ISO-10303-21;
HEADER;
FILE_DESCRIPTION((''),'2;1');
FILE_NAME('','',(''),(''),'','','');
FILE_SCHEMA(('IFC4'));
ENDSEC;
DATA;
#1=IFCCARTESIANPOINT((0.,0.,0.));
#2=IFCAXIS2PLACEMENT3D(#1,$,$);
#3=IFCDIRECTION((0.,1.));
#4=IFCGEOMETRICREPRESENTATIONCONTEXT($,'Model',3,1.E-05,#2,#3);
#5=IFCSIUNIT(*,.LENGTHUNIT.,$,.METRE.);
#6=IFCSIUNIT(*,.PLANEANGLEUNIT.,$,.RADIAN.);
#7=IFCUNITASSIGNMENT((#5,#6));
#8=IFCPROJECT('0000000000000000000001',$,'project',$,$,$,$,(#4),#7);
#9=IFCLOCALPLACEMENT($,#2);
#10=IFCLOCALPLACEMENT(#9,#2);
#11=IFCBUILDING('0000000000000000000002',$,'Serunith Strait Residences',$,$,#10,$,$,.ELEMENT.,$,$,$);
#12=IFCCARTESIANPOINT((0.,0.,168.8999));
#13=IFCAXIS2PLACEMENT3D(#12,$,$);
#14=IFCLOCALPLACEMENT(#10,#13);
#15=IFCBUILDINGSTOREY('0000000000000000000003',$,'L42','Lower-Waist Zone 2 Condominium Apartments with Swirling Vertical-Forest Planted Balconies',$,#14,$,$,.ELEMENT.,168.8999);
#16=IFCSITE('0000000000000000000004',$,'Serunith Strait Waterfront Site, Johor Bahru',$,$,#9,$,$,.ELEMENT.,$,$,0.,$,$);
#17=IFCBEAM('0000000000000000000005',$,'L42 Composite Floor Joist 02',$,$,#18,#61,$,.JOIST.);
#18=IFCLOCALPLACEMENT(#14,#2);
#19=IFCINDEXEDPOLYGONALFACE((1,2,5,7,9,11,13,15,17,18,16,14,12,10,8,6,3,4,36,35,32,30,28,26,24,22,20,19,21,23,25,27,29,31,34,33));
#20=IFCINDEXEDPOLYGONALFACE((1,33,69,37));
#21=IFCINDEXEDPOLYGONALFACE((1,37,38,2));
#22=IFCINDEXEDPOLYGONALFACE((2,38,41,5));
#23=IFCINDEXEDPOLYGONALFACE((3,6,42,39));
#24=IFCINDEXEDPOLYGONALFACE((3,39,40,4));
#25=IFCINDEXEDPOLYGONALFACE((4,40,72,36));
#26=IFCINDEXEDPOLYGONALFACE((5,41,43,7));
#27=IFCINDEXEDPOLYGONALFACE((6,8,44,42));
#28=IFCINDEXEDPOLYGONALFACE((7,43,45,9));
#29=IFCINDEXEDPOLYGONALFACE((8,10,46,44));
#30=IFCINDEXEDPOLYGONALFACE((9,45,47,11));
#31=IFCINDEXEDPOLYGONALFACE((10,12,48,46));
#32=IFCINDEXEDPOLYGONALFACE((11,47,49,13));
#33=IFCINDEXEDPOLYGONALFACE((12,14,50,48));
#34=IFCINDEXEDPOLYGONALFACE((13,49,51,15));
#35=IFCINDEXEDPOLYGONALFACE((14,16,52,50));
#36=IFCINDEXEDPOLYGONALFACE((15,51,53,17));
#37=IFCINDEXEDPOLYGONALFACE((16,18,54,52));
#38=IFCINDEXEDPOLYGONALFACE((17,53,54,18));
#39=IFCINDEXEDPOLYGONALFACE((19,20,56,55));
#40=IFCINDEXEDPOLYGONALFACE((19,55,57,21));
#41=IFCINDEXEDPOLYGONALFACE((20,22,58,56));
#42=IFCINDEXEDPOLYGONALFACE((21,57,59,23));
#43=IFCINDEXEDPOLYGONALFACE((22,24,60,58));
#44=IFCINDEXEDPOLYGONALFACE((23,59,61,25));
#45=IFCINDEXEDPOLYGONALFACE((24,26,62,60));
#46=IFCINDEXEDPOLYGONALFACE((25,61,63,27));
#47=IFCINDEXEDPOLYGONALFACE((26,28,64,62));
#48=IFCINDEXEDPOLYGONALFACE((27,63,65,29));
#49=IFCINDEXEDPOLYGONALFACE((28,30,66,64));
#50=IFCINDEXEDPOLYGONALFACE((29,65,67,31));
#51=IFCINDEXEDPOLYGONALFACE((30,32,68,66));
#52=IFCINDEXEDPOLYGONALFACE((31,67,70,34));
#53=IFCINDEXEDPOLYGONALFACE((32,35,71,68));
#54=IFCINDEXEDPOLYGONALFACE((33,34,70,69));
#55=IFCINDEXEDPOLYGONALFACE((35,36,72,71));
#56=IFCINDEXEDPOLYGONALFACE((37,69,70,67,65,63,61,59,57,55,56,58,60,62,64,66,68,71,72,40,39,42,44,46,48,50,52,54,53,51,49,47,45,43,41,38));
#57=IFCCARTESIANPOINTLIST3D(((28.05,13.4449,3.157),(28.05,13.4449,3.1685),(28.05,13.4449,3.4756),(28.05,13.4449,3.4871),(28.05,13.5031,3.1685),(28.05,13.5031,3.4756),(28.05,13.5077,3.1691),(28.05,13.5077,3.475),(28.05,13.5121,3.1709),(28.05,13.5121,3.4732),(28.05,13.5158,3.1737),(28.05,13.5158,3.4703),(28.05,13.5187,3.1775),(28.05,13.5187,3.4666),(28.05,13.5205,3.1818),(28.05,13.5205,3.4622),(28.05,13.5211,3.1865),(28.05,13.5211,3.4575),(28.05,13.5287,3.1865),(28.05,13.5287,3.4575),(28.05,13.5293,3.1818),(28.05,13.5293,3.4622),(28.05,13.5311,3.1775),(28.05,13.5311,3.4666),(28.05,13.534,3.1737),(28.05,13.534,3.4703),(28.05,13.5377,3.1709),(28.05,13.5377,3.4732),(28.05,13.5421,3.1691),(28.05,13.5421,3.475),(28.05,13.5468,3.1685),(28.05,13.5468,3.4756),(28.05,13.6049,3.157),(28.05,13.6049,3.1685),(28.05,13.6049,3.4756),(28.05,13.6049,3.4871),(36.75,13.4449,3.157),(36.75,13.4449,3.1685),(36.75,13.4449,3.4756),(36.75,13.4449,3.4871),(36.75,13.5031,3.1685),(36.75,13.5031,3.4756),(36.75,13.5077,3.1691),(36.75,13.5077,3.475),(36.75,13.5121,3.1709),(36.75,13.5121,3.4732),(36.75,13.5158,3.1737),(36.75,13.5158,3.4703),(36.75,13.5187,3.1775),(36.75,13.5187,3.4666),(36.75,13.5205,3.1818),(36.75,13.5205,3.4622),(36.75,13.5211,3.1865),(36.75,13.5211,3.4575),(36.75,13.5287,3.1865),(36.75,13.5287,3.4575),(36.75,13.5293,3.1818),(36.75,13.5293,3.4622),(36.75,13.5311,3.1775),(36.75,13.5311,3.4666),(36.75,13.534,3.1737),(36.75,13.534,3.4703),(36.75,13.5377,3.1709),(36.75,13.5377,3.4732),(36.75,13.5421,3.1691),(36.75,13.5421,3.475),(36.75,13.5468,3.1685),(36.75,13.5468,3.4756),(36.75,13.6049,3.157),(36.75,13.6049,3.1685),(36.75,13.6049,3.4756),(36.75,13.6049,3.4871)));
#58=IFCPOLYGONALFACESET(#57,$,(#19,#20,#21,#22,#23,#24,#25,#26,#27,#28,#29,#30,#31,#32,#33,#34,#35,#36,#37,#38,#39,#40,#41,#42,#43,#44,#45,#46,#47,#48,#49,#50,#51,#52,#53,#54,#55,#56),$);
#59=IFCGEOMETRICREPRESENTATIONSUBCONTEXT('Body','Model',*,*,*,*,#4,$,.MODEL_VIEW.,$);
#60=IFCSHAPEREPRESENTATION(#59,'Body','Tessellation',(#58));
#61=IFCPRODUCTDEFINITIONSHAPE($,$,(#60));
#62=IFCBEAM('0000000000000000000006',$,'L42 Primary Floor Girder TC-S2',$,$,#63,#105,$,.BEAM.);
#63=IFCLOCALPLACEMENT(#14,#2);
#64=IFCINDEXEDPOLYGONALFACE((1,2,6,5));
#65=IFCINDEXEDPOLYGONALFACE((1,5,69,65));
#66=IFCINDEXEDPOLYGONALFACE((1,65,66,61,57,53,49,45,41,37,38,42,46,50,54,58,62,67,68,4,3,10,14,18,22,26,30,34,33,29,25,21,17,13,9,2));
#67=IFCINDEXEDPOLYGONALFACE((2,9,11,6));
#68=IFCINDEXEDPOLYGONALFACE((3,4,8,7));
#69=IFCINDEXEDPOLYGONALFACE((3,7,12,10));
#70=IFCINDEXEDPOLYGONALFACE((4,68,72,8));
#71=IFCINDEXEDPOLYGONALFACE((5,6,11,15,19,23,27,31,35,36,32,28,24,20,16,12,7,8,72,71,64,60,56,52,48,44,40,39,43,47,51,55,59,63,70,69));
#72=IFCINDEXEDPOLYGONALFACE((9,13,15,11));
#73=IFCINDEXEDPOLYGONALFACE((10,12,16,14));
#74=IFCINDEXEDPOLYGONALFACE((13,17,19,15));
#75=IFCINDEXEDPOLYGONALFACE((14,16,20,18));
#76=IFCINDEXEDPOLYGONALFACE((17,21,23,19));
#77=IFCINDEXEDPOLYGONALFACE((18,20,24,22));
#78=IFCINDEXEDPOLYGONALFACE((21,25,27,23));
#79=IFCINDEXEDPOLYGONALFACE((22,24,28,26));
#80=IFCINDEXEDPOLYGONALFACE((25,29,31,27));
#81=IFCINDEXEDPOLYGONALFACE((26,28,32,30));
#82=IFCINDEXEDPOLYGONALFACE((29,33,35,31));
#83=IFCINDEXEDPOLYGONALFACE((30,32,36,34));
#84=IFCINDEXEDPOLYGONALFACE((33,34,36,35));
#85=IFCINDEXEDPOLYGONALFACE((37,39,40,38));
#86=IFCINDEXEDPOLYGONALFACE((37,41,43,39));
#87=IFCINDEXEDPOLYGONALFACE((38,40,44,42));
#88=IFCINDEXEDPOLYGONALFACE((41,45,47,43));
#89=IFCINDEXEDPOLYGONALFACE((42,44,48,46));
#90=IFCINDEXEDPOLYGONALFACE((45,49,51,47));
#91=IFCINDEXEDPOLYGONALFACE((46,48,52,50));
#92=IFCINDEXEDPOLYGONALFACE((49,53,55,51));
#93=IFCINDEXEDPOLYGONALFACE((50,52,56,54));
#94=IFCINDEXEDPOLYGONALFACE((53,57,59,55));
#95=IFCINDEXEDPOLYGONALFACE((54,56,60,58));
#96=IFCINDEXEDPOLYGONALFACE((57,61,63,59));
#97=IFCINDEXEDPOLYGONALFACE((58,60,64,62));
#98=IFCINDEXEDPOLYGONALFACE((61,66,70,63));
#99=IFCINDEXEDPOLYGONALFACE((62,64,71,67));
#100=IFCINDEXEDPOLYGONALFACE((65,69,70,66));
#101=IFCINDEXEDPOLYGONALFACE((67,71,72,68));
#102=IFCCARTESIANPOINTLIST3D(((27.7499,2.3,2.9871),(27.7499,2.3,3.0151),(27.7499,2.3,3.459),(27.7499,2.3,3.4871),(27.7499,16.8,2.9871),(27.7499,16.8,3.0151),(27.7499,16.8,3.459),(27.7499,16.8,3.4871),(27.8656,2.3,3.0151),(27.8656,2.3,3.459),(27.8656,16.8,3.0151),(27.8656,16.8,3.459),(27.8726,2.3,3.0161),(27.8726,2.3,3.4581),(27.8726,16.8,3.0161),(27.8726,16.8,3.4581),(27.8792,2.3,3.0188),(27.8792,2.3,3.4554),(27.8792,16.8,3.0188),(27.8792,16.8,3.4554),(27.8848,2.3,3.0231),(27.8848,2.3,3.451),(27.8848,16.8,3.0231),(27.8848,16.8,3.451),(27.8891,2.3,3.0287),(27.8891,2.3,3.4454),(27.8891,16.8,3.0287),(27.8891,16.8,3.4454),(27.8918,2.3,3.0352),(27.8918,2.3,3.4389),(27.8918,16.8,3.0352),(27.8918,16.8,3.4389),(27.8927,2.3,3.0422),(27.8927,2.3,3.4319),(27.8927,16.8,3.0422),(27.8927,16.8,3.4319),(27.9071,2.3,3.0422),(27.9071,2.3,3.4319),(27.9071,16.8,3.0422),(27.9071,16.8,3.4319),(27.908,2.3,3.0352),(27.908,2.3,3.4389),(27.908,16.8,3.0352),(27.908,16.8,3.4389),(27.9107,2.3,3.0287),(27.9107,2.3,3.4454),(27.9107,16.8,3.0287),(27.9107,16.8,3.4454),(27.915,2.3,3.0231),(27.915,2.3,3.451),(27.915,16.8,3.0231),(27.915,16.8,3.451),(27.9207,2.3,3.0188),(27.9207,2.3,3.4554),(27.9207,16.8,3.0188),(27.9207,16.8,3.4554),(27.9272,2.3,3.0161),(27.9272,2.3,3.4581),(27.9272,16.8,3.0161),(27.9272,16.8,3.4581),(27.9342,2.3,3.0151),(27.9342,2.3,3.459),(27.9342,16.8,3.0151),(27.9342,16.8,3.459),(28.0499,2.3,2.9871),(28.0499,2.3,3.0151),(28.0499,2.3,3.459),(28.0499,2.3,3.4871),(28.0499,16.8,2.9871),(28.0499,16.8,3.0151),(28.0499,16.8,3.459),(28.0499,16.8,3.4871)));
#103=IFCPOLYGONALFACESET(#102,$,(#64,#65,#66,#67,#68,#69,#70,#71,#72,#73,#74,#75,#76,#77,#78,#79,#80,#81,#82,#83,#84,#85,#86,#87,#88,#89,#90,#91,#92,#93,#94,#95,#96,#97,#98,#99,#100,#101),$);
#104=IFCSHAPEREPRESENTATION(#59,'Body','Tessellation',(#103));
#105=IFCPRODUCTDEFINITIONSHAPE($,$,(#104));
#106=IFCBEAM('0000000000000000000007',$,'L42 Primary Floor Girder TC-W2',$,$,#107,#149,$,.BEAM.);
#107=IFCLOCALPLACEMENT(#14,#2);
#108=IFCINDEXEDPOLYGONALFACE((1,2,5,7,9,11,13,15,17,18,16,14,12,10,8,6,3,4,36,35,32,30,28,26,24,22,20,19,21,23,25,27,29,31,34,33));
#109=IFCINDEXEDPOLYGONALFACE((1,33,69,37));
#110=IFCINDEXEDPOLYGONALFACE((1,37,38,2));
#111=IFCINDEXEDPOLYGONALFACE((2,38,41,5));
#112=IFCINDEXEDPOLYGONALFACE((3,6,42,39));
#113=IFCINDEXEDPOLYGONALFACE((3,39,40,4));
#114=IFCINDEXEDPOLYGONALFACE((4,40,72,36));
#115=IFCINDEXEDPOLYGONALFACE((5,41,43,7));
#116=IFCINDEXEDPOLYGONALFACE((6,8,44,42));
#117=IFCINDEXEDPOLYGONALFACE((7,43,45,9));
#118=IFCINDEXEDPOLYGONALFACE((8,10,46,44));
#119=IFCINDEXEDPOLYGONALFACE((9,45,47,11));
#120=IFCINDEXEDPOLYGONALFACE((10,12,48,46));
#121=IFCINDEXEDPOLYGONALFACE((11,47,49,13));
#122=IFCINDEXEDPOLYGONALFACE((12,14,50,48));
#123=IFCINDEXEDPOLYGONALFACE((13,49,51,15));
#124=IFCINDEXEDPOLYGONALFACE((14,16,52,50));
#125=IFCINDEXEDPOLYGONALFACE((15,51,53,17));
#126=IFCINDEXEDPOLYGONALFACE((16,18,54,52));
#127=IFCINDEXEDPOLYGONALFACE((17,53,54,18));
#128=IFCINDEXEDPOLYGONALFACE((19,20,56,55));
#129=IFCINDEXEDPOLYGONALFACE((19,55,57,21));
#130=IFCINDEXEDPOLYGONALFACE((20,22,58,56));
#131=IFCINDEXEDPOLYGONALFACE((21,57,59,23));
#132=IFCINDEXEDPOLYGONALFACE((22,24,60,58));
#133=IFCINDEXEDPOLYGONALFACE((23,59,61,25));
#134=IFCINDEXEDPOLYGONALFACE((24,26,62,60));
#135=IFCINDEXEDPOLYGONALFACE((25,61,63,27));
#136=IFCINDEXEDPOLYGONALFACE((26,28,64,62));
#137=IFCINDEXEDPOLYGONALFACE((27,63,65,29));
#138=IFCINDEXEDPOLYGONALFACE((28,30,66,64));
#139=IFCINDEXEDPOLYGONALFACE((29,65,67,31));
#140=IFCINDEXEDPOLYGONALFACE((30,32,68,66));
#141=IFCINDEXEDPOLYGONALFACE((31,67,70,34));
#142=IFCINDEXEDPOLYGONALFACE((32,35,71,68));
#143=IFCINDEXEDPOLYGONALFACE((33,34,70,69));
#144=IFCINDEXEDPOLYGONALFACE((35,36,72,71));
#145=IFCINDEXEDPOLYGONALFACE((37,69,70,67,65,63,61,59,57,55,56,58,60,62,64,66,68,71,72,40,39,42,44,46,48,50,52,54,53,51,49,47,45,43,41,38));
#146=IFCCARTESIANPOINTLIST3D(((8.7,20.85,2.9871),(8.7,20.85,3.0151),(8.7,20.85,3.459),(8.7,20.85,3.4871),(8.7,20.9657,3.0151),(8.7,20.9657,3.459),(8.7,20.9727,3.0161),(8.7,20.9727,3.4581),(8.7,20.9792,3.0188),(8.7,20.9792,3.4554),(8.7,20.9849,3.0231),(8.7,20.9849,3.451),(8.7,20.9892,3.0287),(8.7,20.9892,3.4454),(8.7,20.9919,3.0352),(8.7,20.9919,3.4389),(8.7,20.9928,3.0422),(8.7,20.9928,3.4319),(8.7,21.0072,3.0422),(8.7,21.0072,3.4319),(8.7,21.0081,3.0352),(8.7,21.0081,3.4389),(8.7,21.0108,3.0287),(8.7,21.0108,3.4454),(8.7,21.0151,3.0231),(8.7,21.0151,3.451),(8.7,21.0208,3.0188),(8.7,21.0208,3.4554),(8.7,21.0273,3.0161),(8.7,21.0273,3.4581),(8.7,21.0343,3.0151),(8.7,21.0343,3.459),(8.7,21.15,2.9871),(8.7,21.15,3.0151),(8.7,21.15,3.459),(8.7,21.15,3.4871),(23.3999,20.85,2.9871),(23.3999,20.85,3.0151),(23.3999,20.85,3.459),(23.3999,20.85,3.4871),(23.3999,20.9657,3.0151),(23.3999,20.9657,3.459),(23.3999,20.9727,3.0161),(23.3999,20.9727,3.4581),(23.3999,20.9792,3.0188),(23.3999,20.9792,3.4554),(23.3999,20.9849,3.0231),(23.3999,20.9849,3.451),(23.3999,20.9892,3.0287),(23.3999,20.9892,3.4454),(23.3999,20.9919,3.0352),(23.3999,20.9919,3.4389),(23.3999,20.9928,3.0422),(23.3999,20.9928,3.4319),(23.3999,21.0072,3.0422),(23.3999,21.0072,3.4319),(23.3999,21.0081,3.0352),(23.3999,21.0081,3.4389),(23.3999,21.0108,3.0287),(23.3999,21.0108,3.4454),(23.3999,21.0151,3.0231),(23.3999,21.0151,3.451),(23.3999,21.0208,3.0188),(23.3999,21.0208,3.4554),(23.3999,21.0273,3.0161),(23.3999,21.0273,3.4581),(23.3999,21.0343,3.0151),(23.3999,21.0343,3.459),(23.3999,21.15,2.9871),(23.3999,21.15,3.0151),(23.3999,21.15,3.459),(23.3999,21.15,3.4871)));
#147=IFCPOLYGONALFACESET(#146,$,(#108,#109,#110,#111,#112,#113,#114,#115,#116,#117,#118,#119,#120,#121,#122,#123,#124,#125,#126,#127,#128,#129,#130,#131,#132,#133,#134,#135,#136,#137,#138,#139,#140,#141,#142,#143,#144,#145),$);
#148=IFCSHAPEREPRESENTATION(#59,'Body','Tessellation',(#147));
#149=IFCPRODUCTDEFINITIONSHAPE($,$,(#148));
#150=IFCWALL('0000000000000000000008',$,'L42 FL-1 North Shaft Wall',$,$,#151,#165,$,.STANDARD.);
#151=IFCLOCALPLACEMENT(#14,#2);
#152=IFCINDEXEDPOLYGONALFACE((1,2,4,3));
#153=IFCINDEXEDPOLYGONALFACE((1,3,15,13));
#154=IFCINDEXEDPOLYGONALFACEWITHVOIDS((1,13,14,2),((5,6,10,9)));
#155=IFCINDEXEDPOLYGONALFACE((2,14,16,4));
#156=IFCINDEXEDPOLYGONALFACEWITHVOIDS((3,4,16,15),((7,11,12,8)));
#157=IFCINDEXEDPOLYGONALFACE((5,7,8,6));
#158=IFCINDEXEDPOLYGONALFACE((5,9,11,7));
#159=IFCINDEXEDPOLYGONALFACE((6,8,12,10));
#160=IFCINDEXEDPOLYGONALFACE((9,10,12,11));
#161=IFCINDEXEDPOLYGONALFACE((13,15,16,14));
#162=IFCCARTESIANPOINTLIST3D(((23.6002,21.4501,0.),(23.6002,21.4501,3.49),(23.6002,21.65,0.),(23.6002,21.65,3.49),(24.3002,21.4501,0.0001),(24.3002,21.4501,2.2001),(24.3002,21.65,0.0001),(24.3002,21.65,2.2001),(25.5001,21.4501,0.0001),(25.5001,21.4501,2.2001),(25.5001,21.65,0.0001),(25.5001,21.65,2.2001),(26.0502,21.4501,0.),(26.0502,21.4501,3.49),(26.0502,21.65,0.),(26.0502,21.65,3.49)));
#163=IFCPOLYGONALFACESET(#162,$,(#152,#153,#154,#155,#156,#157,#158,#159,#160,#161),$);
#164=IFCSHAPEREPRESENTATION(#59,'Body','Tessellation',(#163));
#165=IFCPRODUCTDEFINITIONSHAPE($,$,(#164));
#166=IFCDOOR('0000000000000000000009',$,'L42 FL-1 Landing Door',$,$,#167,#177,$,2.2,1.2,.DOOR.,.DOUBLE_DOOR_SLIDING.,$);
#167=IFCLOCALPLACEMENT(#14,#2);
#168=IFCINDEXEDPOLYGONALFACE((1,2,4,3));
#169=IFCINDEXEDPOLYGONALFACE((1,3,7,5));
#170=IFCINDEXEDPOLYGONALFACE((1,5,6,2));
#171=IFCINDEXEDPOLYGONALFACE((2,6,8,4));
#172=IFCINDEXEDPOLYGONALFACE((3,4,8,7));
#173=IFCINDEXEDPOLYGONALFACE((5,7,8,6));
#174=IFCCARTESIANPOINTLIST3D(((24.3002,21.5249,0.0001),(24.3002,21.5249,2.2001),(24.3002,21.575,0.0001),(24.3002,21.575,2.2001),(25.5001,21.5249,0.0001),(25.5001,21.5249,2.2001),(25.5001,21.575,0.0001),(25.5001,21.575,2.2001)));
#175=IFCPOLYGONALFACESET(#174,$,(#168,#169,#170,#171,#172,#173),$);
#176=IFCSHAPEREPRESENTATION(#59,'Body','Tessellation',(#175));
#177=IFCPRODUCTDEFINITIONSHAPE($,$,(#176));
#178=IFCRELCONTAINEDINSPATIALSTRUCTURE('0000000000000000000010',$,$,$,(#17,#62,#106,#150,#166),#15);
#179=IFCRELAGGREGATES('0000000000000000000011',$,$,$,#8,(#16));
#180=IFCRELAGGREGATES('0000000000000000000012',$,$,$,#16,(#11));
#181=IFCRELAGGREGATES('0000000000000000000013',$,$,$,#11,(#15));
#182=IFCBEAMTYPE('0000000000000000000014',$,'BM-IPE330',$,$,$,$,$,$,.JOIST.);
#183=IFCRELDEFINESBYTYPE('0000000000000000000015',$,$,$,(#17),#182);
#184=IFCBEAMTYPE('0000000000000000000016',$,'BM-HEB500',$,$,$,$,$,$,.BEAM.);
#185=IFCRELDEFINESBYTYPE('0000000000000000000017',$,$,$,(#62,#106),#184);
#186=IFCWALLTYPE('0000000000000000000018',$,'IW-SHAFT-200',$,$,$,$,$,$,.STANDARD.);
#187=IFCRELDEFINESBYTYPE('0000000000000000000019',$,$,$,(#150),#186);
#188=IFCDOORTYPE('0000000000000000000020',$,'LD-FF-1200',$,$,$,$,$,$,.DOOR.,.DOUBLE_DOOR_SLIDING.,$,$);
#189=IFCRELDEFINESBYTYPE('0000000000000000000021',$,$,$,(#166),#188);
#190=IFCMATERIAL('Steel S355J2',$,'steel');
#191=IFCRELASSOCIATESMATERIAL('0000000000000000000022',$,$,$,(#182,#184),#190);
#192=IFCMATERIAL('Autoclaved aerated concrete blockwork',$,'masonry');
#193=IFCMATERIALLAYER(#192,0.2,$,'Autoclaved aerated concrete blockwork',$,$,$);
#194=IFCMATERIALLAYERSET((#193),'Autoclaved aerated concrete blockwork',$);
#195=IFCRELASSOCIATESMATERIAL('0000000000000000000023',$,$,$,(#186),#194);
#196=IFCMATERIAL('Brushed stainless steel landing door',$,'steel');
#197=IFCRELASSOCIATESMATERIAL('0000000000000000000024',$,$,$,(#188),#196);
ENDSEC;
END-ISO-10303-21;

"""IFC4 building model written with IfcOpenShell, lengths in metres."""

from ifc_helpers import new_model, si_unit, direction, frame, frame_2d, origin, origin_2d, place, context, subcontext, project, spatial, rectangle, i_section, extrude, source, transform, mapped, material, layer, layer_set, material_profile, profile_set, type_object, element, fill, save


model = new_model("IFC4")

# Units and contexts
model_context = context("Model", 3, precision=1e-05, world=origin(), true_north=direction((0.0, 1.0)))
body_context = subcontext(model_context, "Body", "Model", "MODEL_VIEW")
ifc_project = project(units=[si_unit("LENGTHUNIT", "METRE"), si_unit("PLANEANGLEUNIT", "RADIAN")], contexts=[model_context])

# Site, building, storey
site_placement = place(None, origin())
site = spatial("IfcSite", under=ifc_project, at=site_placement, Name="Serunith Strait Waterfront Site, Johor Bahru", CompositionType="ELEMENT", RefElevation=0.0)
building_placement = place(site_placement, origin())
building = spatial("IfcBuilding", under=site, at=building_placement, Name="Serunith Strait Residences", CompositionType="ELEMENT")
storey_placement = place(building_placement, frame((0.0, 0.0, 168.8999)))
storey = spatial("IfcBuildingStorey", under=building, at=storey_placement, Name="L42", Description="Lower-Waist Zone 2 Condominium Apartments with Swirling Vertical-Forest Planted Balconies", CompositionType="ELEMENT", Elevation=168.8999)

# Beams
ifc_material_1 = material(Name="Steel S355J2", Category="steel")
ifc_material_profile_1 = material_profile(ifc_material_1, i_section(OverallWidth=0.1599, OverallDepth=0.3301, WebThickness=0.0076, FlangeThickness=0.0115, FilletRadius=0.0181, at=origin_2d()), Name="IPE 330")
ifc_profile_set_1 = profile_set([ifc_material_profile_1], Name="Steel S355J2")
beam_type_1 = type_object("IfcBeamType", Name="BM-IPE330", PredefinedType="JOIST", material=ifc_profile_set_1)
shared_shape_1 = source(origin(), body_context, "Body", "SweptSolid", [
    extrude(i_section(OverallWidth=0.1599, OverallDepth=0.3301, WebThickness=0.0076, FlangeThickness=0.0115, FilletRadius=0.0181, at=origin_2d()), origin(), (0.0, 0.0, 1.0), 8.7),
])
beam_1_placement = place(storey_placement, frame((28.05, 13.5249, 3.322), z_axis=(1.0, 0.0, 0.0), x_axis=(0.0, 1.0, 0.0)))
element("IfcBeam", 1, at=beam_1_placement, inside=storey, type_object=beam_type_1, Name="L42 Composite Floor Joist 02", PredefinedType="JOIST", context=body_context, shape_type="MappedRepresentation", body=[
    mapped(shared_shape_1, transform((0.0, 0.0, 0.0), scale=1.0)),
])
ifc_material_profile_2 = material_profile(ifc_material_1, i_section(OverallWidth=0.3, OverallDepth=0.5, WebThickness=0.0144, FlangeThickness=0.0281, FilletRadius=0.0271, at=origin_2d()), Name="HEB 500")
ifc_profile_set_2 = profile_set([ifc_material_profile_2], Name="Steel S355J2")
beam_type_2 = type_object("IfcBeamType", Name="BM-HEB500", PredefinedType="BEAM", material=ifc_profile_set_2)
shared_shape_2 = source(origin(), body_context, "Body", "SweptSolid", [
    extrude(i_section(OverallWidth=0.3, OverallDepth=0.5, WebThickness=0.0144, FlangeThickness=0.0281, FilletRadius=0.0271, at=origin_2d()), origin(), (0.0, 0.0, 1.0), 14.5),
])
beam_2_placement = place(storey_placement, frame((27.8999, 16.8, 3.2371), z_axis=(0.0, -1.0, 0.0), x_axis=(1.0, 0.0, 0.0)))
element("IfcBeam", 2, at=beam_2_placement, inside=storey, type_object=beam_type_2, Name="L42 Primary Floor Girder TC-S2", PredefinedType="BEAM", context=body_context, shape_type="MappedRepresentation", body=[
    mapped(shared_shape_2, transform((0.0, 0.0, 0.0), scale=1.0)),
])
shared_shape_3 = source(origin(), body_context, "Body", "SweptSolid", [
    extrude(i_section(OverallWidth=0.3, OverallDepth=0.5, WebThickness=0.0144, FlangeThickness=0.0281, FilletRadius=0.0271, at=origin_2d()), origin(), (0.0, 0.0, 1.0), 14.7),
])
beam_3_placement = place(storey_placement, frame((23.3999, 21.0, 3.2371), z_axis=(-1.0, 0.0, 0.0), x_axis=(0.0, -1.0, 0.0)))
element("IfcBeam", 3, at=beam_3_placement, inside=storey, type_object=beam_type_2, Name="L42 Primary Floor Girder TC-W2", PredefinedType="BEAM", context=body_context, shape_type="MappedRepresentation", body=[
    mapped(shared_shape_3, transform((0.0, 0.0, 0.0), scale=1.0)),
])

# Wall, opening, door
ifc_material_2 = material(Name="Autoclaved aerated concrete blockwork", Category="masonry")
ifc_layer_1 = layer(ifc_material_2, 0.2, Name="Autoclaved aerated concrete blockwork")
ifc_layer_set_1 = layer_set([ifc_layer_1], Name="Autoclaved aerated concrete blockwork")
wall_type_1 = type_object("IfcWallType", Name="IW-SHAFT-200", PredefinedType="STANDARD", material=ifc_layer_set_1)
wall_1_placement = place(storey_placement, frame((23.6001, 21.55, 0.0), z_axis=(0.0, 0.0, 1.0), x_axis=(1.0, 0.0, 0.0)))
wall_1 = element("IfcWall", 4, at=wall_1_placement, inside=storey, type_object=wall_type_1, Name="L42 FL-1 North Shaft Wall", PredefinedType="STANDARD", context=body_context, shape_type="SweptSolid", body=[
    extrude(rectangle(XDim=2.45, YDim=0.2, at=frame_2d((1.2251, 0.0))), origin(), (0.0, 0.0, 1.0), 3.49),
])
opening_1_placement = place(wall_1_placement, frame((0.7, 0.0, 0.0)))
opening_1 = element("IfcOpeningElement", 5, at=opening_1_placement, cuts=wall_1, PredefinedType="OPENING", context=body_context, shape_type="SweptSolid", body=[
    extrude(rectangle(XDim=1.2, YDim=2.2, at=frame_2d((0.6001, 1.1001))), frame((0.0, 0.1099, 0.0), z_axis=(0.0, -1.0, 0.0), x_axis=(1.0, 0.0, 0.0)), (0.0, 0.0, 1.0), 0.22),
])
ifc_material_3 = material(Name="Brushed stainless steel landing door", Category="steel")
door_type_1 = type_object("IfcDoorType", Name="LD-FF-1200", OperationType="DOUBLE_DOOR_SLIDING", PredefinedType="DOOR", material=ifc_material_3)
shared_shape_4 = source(origin(), body_context, "Body", "SweptSolid", [
    extrude(rectangle(XDim=1.2, YDim=2.2, at=frame_2d((0.6001, 1.1001))), frame((0.0, 0.0249, 0.0), z_axis=(0.0, -1.0, 0.0), x_axis=(1.0, 0.0, 0.0)), (0.0, 0.0, 1.0), 0.05),
])
door_1_placement = place(opening_1_placement, origin())
door_1 = element("IfcDoor", 6, at=door_1_placement, inside=storey, type_object=door_type_1, Name="L42 FL-1 Landing Door", OperationType="DOUBLE_DOOR_SLIDING", OverallHeight=2.2, OverallWidth=1.2, PredefinedType="DOOR", context=body_context, shape_type="MappedRepresentation", body=[
    mapped(shared_shape_4, transform((0.0, 0.0, 0.0), scale=1.0)),
])
fill(opening_1, door_1)

save(model, "model.ifc")
